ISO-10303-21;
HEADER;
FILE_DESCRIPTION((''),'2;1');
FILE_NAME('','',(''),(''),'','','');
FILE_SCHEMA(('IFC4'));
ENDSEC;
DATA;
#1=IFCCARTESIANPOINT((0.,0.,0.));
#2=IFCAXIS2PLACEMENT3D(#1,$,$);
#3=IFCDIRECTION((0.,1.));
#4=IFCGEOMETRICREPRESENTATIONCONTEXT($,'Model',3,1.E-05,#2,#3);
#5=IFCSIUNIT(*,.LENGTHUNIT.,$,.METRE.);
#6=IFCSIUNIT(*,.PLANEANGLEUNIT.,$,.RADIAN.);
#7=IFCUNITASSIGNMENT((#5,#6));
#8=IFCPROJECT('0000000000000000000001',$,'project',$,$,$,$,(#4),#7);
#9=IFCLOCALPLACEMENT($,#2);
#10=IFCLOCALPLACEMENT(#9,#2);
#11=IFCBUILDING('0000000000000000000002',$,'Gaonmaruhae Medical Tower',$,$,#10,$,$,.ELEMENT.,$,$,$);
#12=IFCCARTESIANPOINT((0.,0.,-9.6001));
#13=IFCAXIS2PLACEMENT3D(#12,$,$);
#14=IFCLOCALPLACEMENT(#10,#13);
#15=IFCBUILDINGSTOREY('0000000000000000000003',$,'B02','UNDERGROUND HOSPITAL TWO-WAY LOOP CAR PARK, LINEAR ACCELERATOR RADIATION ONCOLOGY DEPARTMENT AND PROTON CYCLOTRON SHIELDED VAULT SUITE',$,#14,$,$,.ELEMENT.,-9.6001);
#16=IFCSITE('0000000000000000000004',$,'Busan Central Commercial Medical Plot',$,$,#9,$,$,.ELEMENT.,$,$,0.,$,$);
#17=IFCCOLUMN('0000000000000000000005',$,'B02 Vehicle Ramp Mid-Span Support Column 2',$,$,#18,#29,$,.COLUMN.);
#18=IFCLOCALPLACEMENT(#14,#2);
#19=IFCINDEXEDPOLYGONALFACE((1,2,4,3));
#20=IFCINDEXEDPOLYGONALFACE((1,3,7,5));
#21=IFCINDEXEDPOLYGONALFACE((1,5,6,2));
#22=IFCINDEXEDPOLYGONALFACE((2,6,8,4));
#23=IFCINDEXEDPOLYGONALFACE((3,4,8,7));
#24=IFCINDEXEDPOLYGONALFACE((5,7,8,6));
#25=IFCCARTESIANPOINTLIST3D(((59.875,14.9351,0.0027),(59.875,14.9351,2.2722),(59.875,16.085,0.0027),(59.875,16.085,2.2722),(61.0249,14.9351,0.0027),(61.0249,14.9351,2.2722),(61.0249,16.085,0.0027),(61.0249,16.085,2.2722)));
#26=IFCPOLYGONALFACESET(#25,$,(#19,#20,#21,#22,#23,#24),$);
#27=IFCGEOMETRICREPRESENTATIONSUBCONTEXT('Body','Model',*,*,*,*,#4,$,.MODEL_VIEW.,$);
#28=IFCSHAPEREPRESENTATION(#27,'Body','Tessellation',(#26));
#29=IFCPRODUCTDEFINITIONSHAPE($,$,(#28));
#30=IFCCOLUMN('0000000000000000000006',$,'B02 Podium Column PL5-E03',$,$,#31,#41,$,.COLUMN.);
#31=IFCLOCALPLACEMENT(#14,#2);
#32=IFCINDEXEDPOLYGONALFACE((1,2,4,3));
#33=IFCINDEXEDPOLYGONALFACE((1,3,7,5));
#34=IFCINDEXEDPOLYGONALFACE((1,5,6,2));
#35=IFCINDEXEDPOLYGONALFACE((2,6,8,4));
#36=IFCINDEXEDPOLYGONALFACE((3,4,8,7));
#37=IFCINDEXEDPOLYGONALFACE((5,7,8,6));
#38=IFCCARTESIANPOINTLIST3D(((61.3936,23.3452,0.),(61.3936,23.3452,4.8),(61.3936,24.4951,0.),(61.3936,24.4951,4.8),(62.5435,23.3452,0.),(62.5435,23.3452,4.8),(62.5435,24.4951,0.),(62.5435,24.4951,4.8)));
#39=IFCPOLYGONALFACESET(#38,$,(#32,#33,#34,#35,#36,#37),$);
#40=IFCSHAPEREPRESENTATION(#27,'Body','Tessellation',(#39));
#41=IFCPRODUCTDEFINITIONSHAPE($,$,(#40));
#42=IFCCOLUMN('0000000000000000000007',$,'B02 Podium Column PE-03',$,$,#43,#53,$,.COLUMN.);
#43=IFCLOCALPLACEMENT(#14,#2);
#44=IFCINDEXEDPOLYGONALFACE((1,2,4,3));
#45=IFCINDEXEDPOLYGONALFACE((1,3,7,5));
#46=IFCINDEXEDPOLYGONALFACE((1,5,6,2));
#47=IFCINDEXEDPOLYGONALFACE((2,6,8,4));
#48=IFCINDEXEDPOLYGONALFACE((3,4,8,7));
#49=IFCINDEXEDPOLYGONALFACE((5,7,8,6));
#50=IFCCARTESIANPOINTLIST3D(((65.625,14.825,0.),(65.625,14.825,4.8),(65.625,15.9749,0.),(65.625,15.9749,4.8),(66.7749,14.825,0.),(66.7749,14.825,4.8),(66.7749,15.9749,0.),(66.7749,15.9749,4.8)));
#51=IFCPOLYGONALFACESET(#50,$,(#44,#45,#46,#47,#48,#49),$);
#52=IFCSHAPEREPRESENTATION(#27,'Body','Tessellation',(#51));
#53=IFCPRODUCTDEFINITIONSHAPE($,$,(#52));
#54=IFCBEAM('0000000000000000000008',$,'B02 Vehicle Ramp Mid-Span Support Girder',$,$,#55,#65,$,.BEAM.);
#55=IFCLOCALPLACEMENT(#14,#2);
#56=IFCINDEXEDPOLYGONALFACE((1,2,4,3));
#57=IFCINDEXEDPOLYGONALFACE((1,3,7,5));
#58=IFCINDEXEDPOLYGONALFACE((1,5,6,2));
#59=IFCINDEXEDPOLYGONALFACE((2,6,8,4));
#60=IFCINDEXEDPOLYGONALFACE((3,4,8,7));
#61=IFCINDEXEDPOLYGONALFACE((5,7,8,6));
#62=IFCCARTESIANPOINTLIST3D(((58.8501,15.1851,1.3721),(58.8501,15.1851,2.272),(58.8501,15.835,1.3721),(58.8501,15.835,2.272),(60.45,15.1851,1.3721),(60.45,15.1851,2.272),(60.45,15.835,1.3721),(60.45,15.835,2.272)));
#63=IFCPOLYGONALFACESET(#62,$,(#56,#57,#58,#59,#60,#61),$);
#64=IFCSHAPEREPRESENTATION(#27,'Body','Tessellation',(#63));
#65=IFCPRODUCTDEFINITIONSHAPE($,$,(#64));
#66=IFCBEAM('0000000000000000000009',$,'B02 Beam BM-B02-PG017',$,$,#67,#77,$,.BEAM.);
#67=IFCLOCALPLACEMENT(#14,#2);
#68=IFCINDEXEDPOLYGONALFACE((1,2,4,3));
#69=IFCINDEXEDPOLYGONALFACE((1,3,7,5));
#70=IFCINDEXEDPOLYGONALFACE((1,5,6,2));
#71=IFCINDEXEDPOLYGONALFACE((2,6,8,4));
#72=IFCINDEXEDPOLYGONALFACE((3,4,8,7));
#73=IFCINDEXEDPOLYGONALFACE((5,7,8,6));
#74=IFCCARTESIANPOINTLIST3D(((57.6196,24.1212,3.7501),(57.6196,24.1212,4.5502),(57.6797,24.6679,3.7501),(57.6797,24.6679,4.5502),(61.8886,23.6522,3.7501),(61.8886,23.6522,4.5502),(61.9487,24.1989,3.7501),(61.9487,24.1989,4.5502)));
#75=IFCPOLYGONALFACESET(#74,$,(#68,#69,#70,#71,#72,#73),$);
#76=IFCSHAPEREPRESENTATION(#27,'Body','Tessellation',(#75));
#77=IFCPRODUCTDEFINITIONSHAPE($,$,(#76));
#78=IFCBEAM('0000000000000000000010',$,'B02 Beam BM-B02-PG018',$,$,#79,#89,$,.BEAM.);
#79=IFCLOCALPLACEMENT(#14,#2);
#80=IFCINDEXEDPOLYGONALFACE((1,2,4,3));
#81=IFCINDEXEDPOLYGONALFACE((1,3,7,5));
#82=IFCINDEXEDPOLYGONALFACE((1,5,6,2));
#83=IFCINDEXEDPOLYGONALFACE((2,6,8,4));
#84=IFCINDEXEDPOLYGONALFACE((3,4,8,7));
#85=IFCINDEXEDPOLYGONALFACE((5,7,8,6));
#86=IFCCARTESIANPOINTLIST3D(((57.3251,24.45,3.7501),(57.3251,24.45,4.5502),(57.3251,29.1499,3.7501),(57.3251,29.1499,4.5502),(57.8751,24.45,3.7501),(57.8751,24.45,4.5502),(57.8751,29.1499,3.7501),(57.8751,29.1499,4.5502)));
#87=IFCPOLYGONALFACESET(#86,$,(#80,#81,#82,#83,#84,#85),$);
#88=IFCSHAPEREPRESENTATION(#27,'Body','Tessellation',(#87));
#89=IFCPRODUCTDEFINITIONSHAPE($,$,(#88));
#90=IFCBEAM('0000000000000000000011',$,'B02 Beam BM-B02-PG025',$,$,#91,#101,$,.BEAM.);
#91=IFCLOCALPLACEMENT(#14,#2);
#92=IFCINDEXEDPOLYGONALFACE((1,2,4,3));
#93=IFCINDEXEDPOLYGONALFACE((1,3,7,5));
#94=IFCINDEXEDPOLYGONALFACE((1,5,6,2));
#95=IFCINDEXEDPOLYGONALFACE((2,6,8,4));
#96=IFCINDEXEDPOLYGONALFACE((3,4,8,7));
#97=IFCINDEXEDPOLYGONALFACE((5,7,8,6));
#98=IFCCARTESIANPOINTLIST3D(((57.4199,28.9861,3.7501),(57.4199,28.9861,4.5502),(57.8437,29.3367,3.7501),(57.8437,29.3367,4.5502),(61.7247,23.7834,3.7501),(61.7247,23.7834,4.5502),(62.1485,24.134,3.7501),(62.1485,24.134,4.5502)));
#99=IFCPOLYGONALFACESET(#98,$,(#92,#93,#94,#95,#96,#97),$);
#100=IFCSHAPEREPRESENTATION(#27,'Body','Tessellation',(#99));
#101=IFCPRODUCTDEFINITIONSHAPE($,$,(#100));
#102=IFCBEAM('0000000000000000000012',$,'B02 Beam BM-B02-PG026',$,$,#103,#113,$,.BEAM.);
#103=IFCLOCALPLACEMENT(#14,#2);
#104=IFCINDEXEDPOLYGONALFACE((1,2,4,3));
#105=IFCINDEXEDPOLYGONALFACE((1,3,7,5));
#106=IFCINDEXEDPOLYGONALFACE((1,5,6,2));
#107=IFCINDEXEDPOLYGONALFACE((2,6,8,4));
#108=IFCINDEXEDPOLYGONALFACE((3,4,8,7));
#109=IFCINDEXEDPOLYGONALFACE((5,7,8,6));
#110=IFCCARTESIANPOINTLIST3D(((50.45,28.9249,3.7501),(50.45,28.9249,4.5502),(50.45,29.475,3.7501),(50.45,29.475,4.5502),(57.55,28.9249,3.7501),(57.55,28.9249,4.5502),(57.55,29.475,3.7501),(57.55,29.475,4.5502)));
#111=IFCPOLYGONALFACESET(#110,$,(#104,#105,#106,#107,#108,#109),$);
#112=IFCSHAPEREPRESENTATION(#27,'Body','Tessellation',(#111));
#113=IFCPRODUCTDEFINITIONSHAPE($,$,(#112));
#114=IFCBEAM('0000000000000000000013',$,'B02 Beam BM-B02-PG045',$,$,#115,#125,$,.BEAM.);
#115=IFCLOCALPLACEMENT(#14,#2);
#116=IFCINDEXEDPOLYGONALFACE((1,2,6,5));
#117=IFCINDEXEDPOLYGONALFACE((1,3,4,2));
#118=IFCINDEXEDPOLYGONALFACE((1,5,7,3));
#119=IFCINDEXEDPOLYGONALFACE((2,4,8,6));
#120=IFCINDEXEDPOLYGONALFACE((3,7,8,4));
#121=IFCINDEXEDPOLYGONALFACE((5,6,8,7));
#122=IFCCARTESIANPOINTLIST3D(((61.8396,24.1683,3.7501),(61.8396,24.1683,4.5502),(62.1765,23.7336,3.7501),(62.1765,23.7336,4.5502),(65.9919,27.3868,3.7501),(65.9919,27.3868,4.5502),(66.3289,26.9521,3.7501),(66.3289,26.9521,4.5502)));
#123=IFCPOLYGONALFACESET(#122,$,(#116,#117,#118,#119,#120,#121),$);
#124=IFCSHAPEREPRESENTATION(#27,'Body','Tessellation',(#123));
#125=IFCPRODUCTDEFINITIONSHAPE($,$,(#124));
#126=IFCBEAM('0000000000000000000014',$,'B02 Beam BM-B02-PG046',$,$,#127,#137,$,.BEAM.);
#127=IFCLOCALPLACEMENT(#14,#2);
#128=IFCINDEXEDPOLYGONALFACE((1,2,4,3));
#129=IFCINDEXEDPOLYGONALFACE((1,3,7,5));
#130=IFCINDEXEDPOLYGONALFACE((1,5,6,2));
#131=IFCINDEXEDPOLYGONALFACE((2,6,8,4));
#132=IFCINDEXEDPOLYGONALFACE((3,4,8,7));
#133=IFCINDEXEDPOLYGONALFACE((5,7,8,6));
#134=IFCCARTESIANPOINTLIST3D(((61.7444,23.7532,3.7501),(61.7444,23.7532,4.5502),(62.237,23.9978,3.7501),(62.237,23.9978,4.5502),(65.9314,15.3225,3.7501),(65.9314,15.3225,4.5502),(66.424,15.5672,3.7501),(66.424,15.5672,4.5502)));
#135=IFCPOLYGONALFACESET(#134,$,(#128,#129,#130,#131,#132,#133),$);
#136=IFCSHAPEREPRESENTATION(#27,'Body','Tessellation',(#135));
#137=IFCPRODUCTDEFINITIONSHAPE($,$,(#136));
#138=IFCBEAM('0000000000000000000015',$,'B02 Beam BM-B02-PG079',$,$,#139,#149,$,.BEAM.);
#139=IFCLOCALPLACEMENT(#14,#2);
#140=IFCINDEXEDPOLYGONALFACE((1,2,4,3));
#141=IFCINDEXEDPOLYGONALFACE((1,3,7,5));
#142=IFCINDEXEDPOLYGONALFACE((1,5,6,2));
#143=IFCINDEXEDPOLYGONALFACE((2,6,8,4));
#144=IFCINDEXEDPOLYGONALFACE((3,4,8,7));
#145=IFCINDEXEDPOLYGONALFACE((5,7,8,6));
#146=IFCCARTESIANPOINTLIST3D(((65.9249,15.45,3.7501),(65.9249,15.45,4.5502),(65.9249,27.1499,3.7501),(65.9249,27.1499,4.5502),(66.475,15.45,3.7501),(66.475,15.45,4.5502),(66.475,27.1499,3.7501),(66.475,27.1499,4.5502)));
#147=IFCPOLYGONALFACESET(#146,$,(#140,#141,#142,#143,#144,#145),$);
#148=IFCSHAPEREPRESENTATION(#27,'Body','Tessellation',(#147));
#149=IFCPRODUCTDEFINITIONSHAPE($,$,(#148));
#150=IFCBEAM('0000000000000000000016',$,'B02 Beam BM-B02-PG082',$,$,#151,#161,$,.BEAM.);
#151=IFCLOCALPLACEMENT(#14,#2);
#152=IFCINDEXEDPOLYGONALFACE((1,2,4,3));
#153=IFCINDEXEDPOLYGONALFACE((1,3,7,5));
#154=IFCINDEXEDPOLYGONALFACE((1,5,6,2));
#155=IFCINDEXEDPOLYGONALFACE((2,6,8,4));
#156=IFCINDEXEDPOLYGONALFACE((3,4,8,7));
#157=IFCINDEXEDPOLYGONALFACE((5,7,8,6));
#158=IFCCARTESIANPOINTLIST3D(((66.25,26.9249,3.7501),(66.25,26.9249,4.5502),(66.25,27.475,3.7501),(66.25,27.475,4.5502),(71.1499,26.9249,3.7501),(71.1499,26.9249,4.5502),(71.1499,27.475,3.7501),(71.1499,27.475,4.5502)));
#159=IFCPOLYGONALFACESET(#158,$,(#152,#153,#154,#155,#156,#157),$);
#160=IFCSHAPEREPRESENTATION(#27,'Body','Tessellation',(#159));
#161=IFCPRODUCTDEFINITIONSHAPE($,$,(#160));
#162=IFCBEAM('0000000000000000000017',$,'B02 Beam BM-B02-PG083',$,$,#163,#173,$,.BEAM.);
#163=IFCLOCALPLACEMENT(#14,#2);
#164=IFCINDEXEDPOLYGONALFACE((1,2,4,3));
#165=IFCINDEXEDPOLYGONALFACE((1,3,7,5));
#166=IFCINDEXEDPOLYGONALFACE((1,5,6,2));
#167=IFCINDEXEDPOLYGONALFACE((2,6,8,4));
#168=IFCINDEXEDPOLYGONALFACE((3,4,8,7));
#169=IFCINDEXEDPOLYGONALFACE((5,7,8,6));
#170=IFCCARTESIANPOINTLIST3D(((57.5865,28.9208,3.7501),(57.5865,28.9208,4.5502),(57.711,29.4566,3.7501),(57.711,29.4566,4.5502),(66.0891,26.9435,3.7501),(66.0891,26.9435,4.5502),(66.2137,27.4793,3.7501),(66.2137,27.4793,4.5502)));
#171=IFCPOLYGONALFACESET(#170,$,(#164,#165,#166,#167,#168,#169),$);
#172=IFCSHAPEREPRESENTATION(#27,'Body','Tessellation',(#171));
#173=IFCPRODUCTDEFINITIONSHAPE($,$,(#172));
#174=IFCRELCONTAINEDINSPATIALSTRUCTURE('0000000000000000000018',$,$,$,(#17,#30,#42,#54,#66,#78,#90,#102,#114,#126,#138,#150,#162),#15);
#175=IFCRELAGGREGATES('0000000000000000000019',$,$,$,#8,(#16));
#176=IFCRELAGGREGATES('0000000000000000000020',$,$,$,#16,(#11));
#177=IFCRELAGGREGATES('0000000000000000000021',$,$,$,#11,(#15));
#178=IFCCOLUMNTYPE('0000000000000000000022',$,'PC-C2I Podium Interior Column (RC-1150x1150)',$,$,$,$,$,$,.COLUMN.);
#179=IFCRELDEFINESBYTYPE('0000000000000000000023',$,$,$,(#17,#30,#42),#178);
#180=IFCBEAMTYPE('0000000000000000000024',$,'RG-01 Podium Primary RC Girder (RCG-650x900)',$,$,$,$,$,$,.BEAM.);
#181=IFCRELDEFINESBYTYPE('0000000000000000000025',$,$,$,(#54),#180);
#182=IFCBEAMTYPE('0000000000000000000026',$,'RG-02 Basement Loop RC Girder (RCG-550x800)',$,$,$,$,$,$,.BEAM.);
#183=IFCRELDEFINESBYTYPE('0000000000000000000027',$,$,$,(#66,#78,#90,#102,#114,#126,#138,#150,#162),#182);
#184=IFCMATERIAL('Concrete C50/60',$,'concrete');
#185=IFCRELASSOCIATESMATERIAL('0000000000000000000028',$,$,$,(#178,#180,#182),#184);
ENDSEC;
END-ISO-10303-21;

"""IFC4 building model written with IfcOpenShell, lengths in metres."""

from ifc_helpers import new_model, si_unit, direction, frame, origin, origin_2d, place, context, subcontext, project, spatial, rectangle, extrude, material, material_profile, profile_set, type_object, element, save


model = new_model("IFC4")

# Units and contexts
model_context = context("Model", 3, precision=1e-05, world=origin(), true_north=direction((0.0, 1.0)))
body_context = subcontext(model_context, "Body", "Model", "MODEL_VIEW")
ifc_project = project(units=[si_unit("LENGTHUNIT", "METRE"), si_unit("PLANEANGLEUNIT", "RADIAN")], contexts=[model_context])

# Site, building, storey
site_placement = place(None, origin())
site = spatial("IfcSite", under=ifc_project, at=site_placement, Name="Busan Central Commercial Medical Plot", CompositionType="ELEMENT", RefElevation=0.0)
building_placement = place(site_placement, origin())
building = spatial("IfcBuilding", under=site, at=building_placement, Name="Gaonmaruhae Medical Tower", CompositionType="ELEMENT")
storey_placement = place(building_placement, frame((0.0, 0.0, -9.6001)))
storey = spatial("IfcBuildingStorey", under=building, at=storey_placement, Name="B02", Description="UNDERGROUND HOSPITAL TWO-WAY LOOP CAR PARK, LINEAR ACCELERATOR RADIATION ONCOLOGY DEPARTMENT AND PROTON CYCLOTRON SHIELDED VAULT SUITE", CompositionType="ELEMENT", Elevation=-9.6001)

# Shared definitions
ifc_material_1 = material(Name="Concrete C50/60", Category="concrete")

# Columns
ifc_material_profile_1 = material_profile(ifc_material_1, rectangle(XDim=1.1499, YDim=1.1499, at=origin_2d()), Name="RC-1150x1150")
ifc_profile_set_1 = profile_set([ifc_material_profile_1], Name="Concrete C50/60")
column_type_1 = type_object("IfcColumnType", Name="PC-C2I Podium Interior Column (RC-1150x1150)", PredefinedType="COLUMN", material=ifc_profile_set_1)
for number, where, z_axis, x_axis, name in (
    (1, (60.45, 15.51, 0.0027), (0.0, 0.0, 1.0), (1.0, 0.0, 0.0), "B02 Vehicle Ramp Mid-Span Support Column 2"),
):
    element("IfcColumn", number, at=place(storey_placement, frame(where, z_axis=z_axis, x_axis=x_axis)), inside=storey, type_object=column_type_1, Name=name, PredefinedType="COLUMN", context=body_context, shape_type="SweptSolid", body=[
        extrude(rectangle(XDim=1.1499, YDim=1.1499, at=origin_2d()), origin(), (0.0, 0.0, 1.0), 2.2695),
    ])
for number, where, z_axis, x_axis, name in (
    (2, (61.9685, 23.9202, 0.0), (0.0, 0.0, 1.0), (1.0, 0.0, 0.0), "B02 Podium Column PL5-E03"),
    (3, (66.2, 15.3999, 0.0), (0.0, 0.0, 1.0), (1.0, 0.0, 0.0), "B02 Podium Column PE-03"),
):
    element("IfcColumn", number, at=place(storey_placement, frame(where, z_axis=z_axis, x_axis=x_axis)), inside=storey, type_object=column_type_1, Name=name, PredefinedType="COLUMN", context=body_context, shape_type="SweptSolid", body=[
        extrude(rectangle(XDim=1.1499, YDim=1.1499, at=origin_2d()), origin(), (0.0, 0.0, 1.0), 4.8),
    ])

# Beams
ifc_material_profile_2 = material_profile(ifc_material_1, rectangle(XDim=0.6499, YDim=0.8999, at=origin_2d()), Name="RCG-650x900")
ifc_profile_set_2 = profile_set([ifc_material_profile_2], Name="Concrete C50/60")
beam_type_1 = type_object("IfcBeamType", Name="RG-01 Podium Primary RC Girder (RCG-650x900)", PredefinedType="BEAM", material=ifc_profile_set_2)
beam_1_placement = place(storey_placement, frame((58.8501, 15.51, 1.822), z_axis=(1.0, 0.0, 0.0), x_axis=(0.0, 1.0, 0.0)))
element("IfcBeam", 4, at=beam_1_placement, inside=storey, type_object=beam_type_1, Name="B02 Vehicle Ramp Mid-Span Support Girder", PredefinedType="BEAM", context=body_context, shape_type="SweptSolid", body=[
    extrude(rectangle(XDim=0.6499, YDim=0.8999, at=origin_2d()), origin(), (0.0, 0.0, 1.0), 1.5999),
])
ifc_material_profile_3 = material_profile(ifc_material_1, rectangle(XDim=0.55, YDim=0.8, at=origin_2d()), Name="RCG-550x800")
ifc_profile_set_3 = profile_set([ifc_material_profile_3], Name="Concrete C50/60")
beam_type_2 = type_object("IfcBeamType", Name="RG-02 Basement Loop RC Girder (RCG-550x800)", PredefinedType="BEAM", material=ifc_profile_set_3)
beam_2_placement = place(storey_placement, frame((57.6497, 24.3945, 4.1501), z_axis=(0.99402, -0.109202, 0.0), x_axis=(0.109202, 0.99402, 0.0)))
element("IfcBeam", 5, at=beam_2_placement, inside=storey, type_object=beam_type_2, Name="B02 Beam BM-B02-PG017", PredefinedType="BEAM", context=body_context, shape_type="SweptSolid", body=[
    extrude(rectangle(XDim=0.55, YDim=0.8, at=origin_2d()), origin(), (0.0, 0.0, 1.0), 4.2947),
])
beam_3_placement = place(storey_placement, frame((57.6001, 24.45, 4.1501), z_axis=(0.0, 1.0, 0.0), x_axis=(-1.0, 0.0, 0.0)))
element("IfcBeam", 6, at=beam_3_placement, inside=storey, type_object=beam_type_2, Name="B02 Beam BM-B02-PG018", PredefinedType="BEAM", context=body_context, shape_type="SweptSolid", body=[
    extrude(rectangle(XDim=0.55, YDim=0.8, at=origin_2d()), origin(), (0.0, 0.0, 1.0), 4.7),
])
beam_4_placement = place(storey_placement, frame((57.6318, 29.1614, 4.1501), z_axis=(0.637485, -0.770463, 0.0), x_axis=(0.770463, 0.637485, 0.0)))
element("IfcBeam", 7, at=beam_4_placement, inside=storey, type_object=beam_type_2, Name="B02 Beam BM-B02-PG025", PredefinedType="BEAM", context=body_context, shape_type="SweptSolid", body=[
    extrude(rectangle(XDim=0.55, YDim=0.8, at=origin_2d()), origin(), (0.0, 0.0, 1.0), 6.7527),
])
beam_5_placement = place(storey_placement, frame((57.55, 29.2, 4.1501), z_axis=(-1.0, 0.0, 0.0), x_axis=(0.0, -1.0, 0.0)))
element("IfcBeam", 8, at=beam_5_placement, inside=storey, type_object=beam_type_2, Name="B02 Beam BM-B02-PG026", PredefinedType="BEAM", context=body_context, shape_type="SweptSolid", body=[
    extrude(rectangle(XDim=0.55, YDim=0.8, at=origin_2d()), origin(), (0.0, 0.0, 1.0), 7.1001),
])
beam_6_placement = place(storey_placement, frame((62.0081, 23.9509, 4.1501), z_axis=(0.790375, 0.612624, 0.0), x_axis=(-0.612624, 0.790375, 0.0)))
element("IfcBeam", 9, at=beam_6_placement, inside=storey, type_object=beam_type_2, Name="B02 Beam BM-B02-PG045", PredefinedType="BEAM", context=body_context, shape_type="SweptSolid", body=[
    extrude(rectangle(XDim=0.55, YDim=0.8, at=origin_2d()), origin(), (0.0, 0.0, 1.0), 5.2537),
])
beam_7_placement = place(storey_placement, frame((61.9907, 23.8755, 4.1501), z_axis=(0.444805, -0.895627, 0.0), x_axis=(0.895627, 0.444805, 0.0)))
element("IfcBeam", 10, at=beam_7_placement, inside=storey, type_object=beam_type_2, Name="B02 Beam BM-B02-PG046", PredefinedType="BEAM", context=body_context, shape_type="SweptSolid", body=[
    extrude(rectangle(XDim=0.55, YDim=0.8, at=origin_2d()), origin(), (0.0, 0.0, 1.0), 9.4131),
])
beam_8_placement = place(storey_placement, frame((66.2, 15.45, 4.1501), z_axis=(0.0, 1.0, 0.0), x_axis=(-1.0, 0.0, 0.0)))
element("IfcBeam", 11, at=beam_8_placement, inside=storey, type_object=beam_type_2, Name="B02 Beam BM-B02-PG079", PredefinedType="BEAM", context=body_context, shape_type="SweptSolid", body=[
    extrude(rectangle(XDim=0.55, YDim=0.8, at=origin_2d()), origin(), (0.0, 0.0, 1.0), 11.7),
])
beam_9_placement = place(storey_placement, frame((66.25, 27.2, 4.1501), z_axis=(1.0, 0.0, 0.0), x_axis=(0.0, 1.0, 0.0)))
element("IfcBeam", 12, at=beam_9_placement, inside=storey, type_object=beam_type_2, Name="B02 Beam BM-B02-PG082", PredefinedType="BEAM", context=body_context, shape_type="SweptSolid", body=[
    extrude(rectangle(XDim=0.55, YDim=0.8, at=origin_2d()), origin(), (0.0, 0.0, 1.0), 4.8999),
])
beam_10_placement = place(storey_placement, frame((66.1514, 27.2114, 4.1501), z_axis=(-0.97401, 0.226505, 0.0), x_axis=(-0.226505, -0.97401, 0.0)))
element("IfcBeam", 13, at=beam_10_placement, inside=storey, type_object=beam_type_2, Name="B02 Beam BM-B02-PG083", PredefinedType="BEAM", context=body_context, shape_type="SweptSolid", body=[
    extrude(rectangle(XDim=0.55, YDim=0.8, at=origin_2d()), origin(), (0.0, 0.0, 1.0), 8.7295),
])

save(model, "model.ifc")
